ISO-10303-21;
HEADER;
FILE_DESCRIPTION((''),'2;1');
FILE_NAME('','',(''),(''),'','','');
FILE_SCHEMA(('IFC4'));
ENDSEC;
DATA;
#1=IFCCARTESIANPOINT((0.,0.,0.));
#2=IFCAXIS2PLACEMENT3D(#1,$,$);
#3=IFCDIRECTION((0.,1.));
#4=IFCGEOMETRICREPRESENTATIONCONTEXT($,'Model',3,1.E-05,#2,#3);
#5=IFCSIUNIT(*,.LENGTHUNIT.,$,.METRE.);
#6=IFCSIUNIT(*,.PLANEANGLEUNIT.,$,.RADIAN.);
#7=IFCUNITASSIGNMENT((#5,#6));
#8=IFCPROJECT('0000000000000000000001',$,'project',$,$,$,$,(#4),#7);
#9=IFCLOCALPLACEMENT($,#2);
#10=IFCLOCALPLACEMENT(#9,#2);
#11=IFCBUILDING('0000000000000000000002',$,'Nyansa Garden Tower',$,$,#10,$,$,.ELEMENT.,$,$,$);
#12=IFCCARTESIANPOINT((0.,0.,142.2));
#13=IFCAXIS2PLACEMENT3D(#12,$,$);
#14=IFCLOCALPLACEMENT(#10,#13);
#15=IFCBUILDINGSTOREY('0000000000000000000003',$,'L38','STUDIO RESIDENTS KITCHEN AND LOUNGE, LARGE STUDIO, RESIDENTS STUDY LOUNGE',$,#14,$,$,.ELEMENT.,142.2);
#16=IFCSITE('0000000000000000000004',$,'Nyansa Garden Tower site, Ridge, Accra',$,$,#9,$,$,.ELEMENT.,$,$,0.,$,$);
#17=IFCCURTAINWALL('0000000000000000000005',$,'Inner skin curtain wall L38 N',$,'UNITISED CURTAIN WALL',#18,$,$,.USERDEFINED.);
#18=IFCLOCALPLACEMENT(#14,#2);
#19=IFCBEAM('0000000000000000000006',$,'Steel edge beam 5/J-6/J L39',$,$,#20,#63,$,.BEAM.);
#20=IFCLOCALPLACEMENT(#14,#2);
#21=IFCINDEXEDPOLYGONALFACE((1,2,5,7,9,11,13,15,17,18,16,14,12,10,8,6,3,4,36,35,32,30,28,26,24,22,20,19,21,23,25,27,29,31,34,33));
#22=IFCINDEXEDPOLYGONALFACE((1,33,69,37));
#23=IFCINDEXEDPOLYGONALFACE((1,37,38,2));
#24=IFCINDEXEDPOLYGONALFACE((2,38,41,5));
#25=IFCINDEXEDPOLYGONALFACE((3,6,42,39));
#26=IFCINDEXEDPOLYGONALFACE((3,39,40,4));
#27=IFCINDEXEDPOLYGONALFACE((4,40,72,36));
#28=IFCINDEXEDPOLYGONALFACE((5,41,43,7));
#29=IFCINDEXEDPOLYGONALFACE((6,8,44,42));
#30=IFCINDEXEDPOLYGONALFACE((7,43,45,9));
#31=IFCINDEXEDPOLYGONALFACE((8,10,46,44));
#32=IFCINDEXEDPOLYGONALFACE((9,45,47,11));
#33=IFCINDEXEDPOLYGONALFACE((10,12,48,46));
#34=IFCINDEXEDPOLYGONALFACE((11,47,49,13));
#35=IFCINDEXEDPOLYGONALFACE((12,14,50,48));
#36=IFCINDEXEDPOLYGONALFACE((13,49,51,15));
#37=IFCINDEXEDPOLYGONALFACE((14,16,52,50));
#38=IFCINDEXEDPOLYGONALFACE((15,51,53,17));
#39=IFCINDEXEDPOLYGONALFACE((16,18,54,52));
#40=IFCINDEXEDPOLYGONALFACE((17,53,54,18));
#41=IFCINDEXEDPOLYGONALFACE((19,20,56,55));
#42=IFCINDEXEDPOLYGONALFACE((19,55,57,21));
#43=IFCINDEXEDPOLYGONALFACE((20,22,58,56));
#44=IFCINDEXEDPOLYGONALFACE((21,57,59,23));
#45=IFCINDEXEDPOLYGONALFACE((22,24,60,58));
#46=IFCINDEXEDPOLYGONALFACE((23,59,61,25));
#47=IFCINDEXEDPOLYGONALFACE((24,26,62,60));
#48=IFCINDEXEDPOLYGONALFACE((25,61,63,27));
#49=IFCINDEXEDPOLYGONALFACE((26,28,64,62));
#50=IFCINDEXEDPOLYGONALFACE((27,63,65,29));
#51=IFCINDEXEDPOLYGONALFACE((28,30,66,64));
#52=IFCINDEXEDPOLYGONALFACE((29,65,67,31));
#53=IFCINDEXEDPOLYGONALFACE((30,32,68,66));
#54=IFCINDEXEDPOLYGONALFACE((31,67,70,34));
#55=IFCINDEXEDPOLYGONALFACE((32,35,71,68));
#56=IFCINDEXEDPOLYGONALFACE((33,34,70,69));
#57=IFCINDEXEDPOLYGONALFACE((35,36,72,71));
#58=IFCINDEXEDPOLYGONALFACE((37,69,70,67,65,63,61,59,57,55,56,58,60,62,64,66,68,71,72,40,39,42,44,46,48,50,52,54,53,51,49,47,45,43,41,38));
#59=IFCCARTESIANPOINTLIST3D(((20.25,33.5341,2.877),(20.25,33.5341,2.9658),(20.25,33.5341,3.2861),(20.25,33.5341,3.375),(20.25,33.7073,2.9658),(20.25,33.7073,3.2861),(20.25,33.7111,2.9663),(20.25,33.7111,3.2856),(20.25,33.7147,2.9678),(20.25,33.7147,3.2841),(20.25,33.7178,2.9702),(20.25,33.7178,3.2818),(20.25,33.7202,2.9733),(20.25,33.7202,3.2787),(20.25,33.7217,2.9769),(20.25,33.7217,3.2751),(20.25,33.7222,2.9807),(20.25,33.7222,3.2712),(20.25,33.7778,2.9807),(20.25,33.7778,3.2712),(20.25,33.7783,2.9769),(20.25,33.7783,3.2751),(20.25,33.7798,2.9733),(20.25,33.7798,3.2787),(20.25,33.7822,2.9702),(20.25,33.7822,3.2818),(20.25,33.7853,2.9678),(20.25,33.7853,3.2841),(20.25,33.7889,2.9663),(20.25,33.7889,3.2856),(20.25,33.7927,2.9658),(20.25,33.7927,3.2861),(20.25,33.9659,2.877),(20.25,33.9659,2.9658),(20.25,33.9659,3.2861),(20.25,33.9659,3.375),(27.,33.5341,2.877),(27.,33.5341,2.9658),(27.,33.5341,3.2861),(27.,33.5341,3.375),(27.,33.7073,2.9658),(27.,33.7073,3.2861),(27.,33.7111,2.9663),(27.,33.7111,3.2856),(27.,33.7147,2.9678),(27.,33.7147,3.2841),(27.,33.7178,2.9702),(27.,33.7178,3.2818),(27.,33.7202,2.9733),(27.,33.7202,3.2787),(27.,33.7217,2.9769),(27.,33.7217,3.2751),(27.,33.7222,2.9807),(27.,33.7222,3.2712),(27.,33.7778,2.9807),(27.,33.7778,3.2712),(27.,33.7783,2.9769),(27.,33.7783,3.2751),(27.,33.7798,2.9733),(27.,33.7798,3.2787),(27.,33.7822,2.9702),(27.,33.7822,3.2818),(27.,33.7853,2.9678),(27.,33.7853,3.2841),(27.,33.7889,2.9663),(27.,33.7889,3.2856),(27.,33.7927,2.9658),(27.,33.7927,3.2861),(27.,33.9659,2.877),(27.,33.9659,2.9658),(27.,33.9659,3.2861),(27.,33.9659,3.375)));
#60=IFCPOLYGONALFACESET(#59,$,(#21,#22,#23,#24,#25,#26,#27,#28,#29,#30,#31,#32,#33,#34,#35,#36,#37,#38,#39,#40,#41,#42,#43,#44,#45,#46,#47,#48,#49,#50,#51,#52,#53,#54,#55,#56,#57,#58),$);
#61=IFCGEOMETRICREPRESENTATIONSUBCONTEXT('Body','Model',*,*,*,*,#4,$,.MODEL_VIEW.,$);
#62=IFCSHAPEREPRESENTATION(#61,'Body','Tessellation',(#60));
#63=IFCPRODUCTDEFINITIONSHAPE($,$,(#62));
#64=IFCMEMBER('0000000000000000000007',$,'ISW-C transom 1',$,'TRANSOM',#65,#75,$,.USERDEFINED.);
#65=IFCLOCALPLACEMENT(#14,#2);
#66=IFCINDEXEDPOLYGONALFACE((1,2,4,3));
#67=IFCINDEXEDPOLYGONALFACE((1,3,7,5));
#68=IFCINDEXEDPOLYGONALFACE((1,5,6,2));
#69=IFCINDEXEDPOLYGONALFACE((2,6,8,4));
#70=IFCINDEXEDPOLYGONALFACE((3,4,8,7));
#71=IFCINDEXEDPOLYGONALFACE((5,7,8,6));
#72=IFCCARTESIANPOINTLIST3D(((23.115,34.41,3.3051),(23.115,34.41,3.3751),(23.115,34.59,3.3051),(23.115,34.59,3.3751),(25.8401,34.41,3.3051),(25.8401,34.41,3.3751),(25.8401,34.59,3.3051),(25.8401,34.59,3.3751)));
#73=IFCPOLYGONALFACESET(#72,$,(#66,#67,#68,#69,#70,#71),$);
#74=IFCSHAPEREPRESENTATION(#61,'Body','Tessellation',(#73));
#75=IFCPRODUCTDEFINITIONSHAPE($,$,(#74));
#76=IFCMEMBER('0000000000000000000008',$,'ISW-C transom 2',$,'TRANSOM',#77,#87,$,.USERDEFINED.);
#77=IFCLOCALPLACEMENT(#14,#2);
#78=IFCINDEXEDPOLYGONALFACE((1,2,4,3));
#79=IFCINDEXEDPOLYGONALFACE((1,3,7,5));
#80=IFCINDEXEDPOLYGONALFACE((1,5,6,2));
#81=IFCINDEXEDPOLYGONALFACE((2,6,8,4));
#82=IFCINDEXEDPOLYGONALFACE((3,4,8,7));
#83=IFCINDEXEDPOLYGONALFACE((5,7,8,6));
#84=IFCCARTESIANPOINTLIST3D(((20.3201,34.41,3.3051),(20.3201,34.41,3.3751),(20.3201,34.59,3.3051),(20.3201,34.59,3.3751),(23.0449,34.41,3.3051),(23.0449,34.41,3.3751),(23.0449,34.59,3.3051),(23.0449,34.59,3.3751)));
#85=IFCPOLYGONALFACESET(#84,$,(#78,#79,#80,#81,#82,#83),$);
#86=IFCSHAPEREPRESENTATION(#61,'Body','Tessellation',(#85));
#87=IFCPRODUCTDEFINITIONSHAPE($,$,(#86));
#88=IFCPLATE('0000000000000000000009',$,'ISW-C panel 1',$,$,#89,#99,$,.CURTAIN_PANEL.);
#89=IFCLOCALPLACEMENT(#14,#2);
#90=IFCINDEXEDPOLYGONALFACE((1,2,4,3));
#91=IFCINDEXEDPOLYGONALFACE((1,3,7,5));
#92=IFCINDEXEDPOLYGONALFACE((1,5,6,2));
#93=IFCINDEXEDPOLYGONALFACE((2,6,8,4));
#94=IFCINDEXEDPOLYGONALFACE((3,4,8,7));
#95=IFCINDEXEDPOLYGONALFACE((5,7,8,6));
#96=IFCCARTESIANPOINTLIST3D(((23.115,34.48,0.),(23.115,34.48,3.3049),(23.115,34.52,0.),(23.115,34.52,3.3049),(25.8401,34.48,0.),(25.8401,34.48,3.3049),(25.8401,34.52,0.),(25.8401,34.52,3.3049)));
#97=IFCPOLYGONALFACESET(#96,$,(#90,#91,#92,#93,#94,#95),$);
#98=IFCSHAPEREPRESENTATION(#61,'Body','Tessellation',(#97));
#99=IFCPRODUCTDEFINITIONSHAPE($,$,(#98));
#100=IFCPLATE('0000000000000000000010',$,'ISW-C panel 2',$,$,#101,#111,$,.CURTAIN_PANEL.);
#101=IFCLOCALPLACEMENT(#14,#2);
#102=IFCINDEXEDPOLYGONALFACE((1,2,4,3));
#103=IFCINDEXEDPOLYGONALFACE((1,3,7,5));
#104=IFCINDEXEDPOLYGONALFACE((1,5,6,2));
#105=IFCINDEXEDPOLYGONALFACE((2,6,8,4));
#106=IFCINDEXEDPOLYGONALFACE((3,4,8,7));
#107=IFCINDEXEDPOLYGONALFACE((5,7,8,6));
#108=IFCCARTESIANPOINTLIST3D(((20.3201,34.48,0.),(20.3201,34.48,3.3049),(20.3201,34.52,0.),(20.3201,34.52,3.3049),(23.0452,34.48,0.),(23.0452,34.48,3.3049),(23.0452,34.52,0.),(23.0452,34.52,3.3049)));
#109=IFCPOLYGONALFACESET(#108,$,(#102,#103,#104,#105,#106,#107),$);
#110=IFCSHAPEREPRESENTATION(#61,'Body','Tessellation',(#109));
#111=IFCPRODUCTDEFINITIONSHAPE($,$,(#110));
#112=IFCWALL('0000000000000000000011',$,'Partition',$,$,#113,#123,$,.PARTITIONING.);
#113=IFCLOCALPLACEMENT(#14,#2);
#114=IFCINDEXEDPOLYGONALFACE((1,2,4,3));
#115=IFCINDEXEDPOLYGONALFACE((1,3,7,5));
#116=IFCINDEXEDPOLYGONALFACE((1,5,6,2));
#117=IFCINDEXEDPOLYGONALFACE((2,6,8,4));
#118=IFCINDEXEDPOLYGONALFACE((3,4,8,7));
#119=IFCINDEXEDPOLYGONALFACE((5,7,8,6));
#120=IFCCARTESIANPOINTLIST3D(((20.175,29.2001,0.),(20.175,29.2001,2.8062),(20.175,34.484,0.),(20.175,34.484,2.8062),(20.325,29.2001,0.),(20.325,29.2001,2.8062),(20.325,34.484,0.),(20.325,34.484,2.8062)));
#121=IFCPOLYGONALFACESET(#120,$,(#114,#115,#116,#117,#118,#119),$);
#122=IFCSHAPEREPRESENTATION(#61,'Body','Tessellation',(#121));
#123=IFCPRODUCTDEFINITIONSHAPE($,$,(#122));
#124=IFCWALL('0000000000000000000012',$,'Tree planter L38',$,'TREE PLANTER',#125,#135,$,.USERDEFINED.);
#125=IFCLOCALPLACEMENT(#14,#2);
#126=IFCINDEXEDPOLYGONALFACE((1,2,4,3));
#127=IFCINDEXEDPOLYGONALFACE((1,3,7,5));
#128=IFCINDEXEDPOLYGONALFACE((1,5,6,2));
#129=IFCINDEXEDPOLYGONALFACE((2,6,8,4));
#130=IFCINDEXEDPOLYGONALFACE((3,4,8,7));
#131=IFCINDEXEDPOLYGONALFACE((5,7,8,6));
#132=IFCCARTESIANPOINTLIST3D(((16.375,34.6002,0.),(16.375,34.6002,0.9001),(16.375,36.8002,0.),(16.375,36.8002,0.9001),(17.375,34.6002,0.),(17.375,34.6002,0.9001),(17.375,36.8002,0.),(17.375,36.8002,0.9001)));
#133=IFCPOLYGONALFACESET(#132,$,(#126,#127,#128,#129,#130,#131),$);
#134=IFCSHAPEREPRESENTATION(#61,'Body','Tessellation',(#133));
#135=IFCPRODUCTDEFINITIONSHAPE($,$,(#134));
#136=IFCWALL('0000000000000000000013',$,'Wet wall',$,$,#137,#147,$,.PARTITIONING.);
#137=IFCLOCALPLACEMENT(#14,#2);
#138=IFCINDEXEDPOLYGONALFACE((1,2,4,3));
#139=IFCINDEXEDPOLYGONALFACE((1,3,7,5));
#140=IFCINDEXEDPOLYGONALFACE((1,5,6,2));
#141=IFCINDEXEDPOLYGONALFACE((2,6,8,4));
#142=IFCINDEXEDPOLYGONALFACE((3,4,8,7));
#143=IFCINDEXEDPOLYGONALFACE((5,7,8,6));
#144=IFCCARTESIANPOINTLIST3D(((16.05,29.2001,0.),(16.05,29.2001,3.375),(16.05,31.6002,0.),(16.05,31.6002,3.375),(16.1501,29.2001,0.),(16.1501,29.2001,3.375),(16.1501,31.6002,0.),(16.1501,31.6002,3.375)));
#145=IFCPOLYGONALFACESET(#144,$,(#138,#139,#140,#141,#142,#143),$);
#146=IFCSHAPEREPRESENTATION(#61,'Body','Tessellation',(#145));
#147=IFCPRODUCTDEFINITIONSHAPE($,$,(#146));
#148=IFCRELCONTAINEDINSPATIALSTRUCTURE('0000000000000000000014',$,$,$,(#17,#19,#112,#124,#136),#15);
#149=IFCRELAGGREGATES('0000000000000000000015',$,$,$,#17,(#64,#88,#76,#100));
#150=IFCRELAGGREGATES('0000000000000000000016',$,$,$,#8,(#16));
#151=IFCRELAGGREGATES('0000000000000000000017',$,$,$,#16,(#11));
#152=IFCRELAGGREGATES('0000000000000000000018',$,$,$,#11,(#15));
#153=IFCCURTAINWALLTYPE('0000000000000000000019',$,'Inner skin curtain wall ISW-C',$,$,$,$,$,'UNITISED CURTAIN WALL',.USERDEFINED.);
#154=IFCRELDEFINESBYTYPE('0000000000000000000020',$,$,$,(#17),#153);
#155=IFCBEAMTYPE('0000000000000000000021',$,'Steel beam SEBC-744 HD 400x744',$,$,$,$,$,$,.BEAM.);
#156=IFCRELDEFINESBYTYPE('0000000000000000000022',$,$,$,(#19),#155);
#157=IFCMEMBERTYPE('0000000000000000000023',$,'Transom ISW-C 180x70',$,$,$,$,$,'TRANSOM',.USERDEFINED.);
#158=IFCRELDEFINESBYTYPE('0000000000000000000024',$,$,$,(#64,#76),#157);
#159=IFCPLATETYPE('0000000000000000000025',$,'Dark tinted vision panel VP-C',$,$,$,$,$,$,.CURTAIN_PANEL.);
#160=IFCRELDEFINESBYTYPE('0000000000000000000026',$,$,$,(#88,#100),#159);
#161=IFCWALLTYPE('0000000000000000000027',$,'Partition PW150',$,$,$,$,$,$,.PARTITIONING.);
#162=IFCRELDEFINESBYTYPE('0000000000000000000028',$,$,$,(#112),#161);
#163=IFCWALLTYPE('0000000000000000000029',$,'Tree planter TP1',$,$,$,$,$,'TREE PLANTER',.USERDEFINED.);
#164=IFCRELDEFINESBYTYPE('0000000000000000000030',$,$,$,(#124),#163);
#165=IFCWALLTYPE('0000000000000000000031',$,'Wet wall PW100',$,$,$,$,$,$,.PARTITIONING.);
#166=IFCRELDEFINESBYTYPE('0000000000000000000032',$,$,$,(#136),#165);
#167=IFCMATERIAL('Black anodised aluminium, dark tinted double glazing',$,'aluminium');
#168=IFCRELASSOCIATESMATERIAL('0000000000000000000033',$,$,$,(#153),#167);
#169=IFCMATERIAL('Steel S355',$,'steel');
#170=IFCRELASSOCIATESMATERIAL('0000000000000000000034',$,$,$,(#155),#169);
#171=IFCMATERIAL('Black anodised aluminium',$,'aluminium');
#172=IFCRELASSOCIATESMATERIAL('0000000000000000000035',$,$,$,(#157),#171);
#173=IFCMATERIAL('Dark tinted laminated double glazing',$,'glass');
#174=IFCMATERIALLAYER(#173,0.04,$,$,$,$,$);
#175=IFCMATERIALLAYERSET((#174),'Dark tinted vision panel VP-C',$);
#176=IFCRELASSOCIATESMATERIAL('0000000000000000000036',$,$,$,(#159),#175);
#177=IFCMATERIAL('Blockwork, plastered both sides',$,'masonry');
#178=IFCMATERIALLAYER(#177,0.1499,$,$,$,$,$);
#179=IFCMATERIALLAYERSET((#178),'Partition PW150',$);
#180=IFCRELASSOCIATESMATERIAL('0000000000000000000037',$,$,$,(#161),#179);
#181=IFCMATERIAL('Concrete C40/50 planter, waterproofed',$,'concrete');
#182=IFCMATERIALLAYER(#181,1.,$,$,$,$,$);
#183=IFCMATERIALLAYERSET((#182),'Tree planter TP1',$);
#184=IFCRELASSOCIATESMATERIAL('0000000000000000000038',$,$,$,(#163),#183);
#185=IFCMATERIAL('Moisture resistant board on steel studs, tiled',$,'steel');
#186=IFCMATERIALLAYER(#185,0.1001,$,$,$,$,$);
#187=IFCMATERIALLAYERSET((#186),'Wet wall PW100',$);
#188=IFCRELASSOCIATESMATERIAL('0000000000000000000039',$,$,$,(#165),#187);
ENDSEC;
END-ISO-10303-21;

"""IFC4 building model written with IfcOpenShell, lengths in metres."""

from ifc_helpers import new_model, si_unit, direction, frame, frame_2d, origin, origin_2d, place, context, subcontext, project, spatial, rectangle, i_section, extrude, material, layer, layer_set, material_profile, profile_set, type_object, element, aggregate, save


model = new_model("IFC4")

# Units and contexts
model_context = context("Model", 3, precision=1e-05, world=origin(), true_north=direction((0.0, 1.0)))
body_context = subcontext(model_context, "Body", "Model", "MODEL_VIEW")
ifc_project = project(units=[si_unit("LENGTHUNIT", "METRE"), si_unit("PLANEANGLEUNIT", "RADIAN")], contexts=[model_context])

# Site, building, storey
site_placement = place(None, origin())
site = spatial("IfcSite", under=ifc_project, at=site_placement, Name="Nyansa Garden Tower site, Ridge, Accra", CompositionType="ELEMENT", RefElevation=0.0)
building_placement = place(site_placement, origin())
building = spatial("IfcBuilding", under=site, at=building_placement, Name="Nyansa Garden Tower", CompositionType="ELEMENT")
storey_placement = place(building_placement, frame((0.0, 0.0, 142.2)))
storey = spatial("IfcBuildingStorey", under=building, at=storey_placement, Name="L38", Description="STUDIO RESIDENTS KITCHEN AND LOUNGE, LARGE STUDIO, RESIDENTS STUDY LOUNGE", CompositionType="ELEMENT", Elevation=142.2)

# Curtain wall
ifc_material_1 = material(Name="Black anodised aluminium, dark tinted double glazing", Category="aluminium")
curtain_wall_type = type_object("IfcCurtainWallType", Name="Inner skin curtain wall ISW-C", ElementType="UNITISED CURTAIN WALL", PredefinedType="USERDEFINED", material=ifc_material_1)
curtain_wall_placement = place(storey_placement, origin())
curtain_wall = element("IfcCurtainWall", 1, at=curtain_wall_placement, inside=storey, type_object=curtain_wall_type, Name="Inner skin curtain wall L38 N", ObjectType="UNITISED CURTAIN WALL", PredefinedType="USERDEFINED")

# Beam
ifc_material_2 = material(Name="Steel S355", Category="steel")
ifc_material_profile_1 = material_profile(ifc_material_2, i_section(OverallWidth=0.4319, OverallDepth=0.498, WebThickness=0.0557, FlangeThickness=0.0889, FilletRadius=0.0149, at=origin_2d()), Name="HD 400x744")
ifc_profile_set_1 = profile_set([ifc_material_profile_1], Name="Steel S355")
beam_type_1 = type_object("IfcBeamType", Name="Steel beam SEBC-744 HD 400x744", PredefinedType="BEAM", material=ifc_profile_set_1)
beam_1_placement = place(storey_placement, frame((20.25, 33.75, 3.126), z_axis=(1.0, 0.0, 0.0), x_axis=(0.0, 1.0, 0.0)))
element("IfcBeam", 2, at=beam_1_placement, inside=storey, type_object=beam_type_1, Name="Steel edge beam 5/J-6/J L39", PredefinedType="BEAM", context=body_context, shape_type="SweptSolid", body=[
    extrude(i_section(OverallWidth=0.4319, OverallDepth=0.498, WebThickness=0.0557, FlangeThickness=0.0889, FilletRadius=0.0149, at=origin_2d()), origin(), (0.0, 0.0, 1.0), 6.75),
])

# Members
ifc_material_3 = material(Name="Black anodised aluminium", Category="aluminium")
ifc_material_profile_2 = material_profile(ifc_material_3, rectangle(XDim=0.1799, YDim=0.0701, at=origin_2d()), Name="Transom 180x70")
ifc_profile_set_2 = profile_set([ifc_material_profile_2], Name="Black anodised aluminium")
member_type_1 = type_object("IfcMemberType", Name="Transom ISW-C 180x70", ElementType="TRANSOM", PredefinedType="USERDEFINED", material=ifc_profile_set_2)
member_1_placement = place(storey_placement, frame((25.8401, 34.5, 3.3401), z_axis=(-1.0, 0.0, 0.0), x_axis=(0.0, -1.0, 0.0)))
member_1 = element("IfcMember", 3, at=member_1_placement, type_object=member_type_1, Name="ISW-C transom 1", ObjectType="TRANSOM", PredefinedType="USERDEFINED", context=body_context, shape_type="SweptSolid", body=[
    extrude(rectangle(XDim=0.1799, YDim=0.0701, at=origin_2d()), origin(), (0.0, 0.0, 1.0), 2.7251),
])
member_2_placement = place(storey_placement, frame((23.0449, 34.5, 3.3401), z_axis=(-1.0, 0.0, 0.0), x_axis=(0.0, -1.0, 0.0)))
member_2 = element("IfcMember", 4, at=member_2_placement, type_object=member_type_1, Name="ISW-C transom 2", ObjectType="TRANSOM", PredefinedType="USERDEFINED", context=body_context, shape_type="SweptSolid", body=[
    extrude(rectangle(XDim=0.1799, YDim=0.0701, at=origin_2d()), origin(), (0.0, 0.0, 1.0), 2.7249),
])

# Plates
ifc_material_4 = material(Name="Dark tinted laminated double glazing", Category="glass")
ifc_layer_1 = layer(ifc_material_4, 0.04)
ifc_layer_set_1 = layer_set([ifc_layer_1], Name="Dark tinted vision panel VP-C")
plate_type = type_object("IfcPlateType", Name="Dark tinted vision panel VP-C", PredefinedType="CURTAIN_PANEL", material=ifc_layer_set_1)
plate_1_placement = place(storey_placement, frame((24.4775, 34.5, 0.0), z_axis=(0.0, 0.0, 1.0), x_axis=(-1.0, 0.0, 0.0)))
plate_1 = element("IfcPlate", 5, at=plate_1_placement, type_object=plate_type, Name="ISW-C panel 1", PredefinedType="CURTAIN_PANEL", context=body_context, shape_type="SweptSolid", body=[
    extrude(rectangle(XDim=2.7251, YDim=0.04, at=origin_2d()), origin(), (0.0, 0.0, 1.0), 3.3049),
])
plate_2_placement = place(storey_placement, frame((21.6826, 34.5, 0.0), z_axis=(0.0, 0.0, 1.0), x_axis=(-1.0, 0.0, 0.0)))
plate_2 = element("IfcPlate", 6, at=plate_2_placement, type_object=plate_type, Name="ISW-C panel 2", PredefinedType="CURTAIN_PANEL", context=body_context, shape_type="SweptSolid", body=[
    extrude(rectangle(XDim=2.7251, YDim=0.04, at=origin_2d()), origin(), (0.0, 0.0, 1.0), 3.3049),
])
aggregate(curtain_wall, [member_1, plate_1, member_2, plate_2])

# Walls
ifc_material_5 = material(Name="Blockwork, plastered both sides", Category="masonry")
ifc_layer_2 = layer(ifc_material_5, 0.1499)
ifc_layer_set_2 = layer_set([ifc_layer_2], Name="Partition PW150")
wall_type_1 = type_object("IfcWallType", Name="Partition PW150", PredefinedType="PARTITIONING", material=ifc_layer_set_2)
wall_1_placement = place(storey_placement, frame((20.25, 29.2, 0.0), z_axis=(0.0, 0.0, 1.0), x_axis=(0.0, 1.0, 0.0)))
element("IfcWall", 7, at=wall_1_placement, inside=storey, type_object=wall_type_1, Name="Partition", PredefinedType="PARTITIONING", context=body_context, shape_type="SweptSolid", body=[
    extrude(rectangle(XDim=5.2839, YDim=0.1499, at=frame_2d((2.6421, 0.0))), origin(), (0.0, 0.0, 1.0), 2.8062),
])
ifc_material_6 = material(Name="Concrete C40/50 planter, waterproofed", Category="concrete")
ifc_layer_3 = layer(ifc_material_6, 1.0)
ifc_layer_set_3 = layer_set([ifc_layer_3], Name="Tree planter TP1")
wall_type_2 = type_object("IfcWallType", Name="Tree planter TP1", ElementType="TREE PLANTER", PredefinedType="USERDEFINED", material=ifc_layer_set_3)
wall_2_placement = place(storey_placement, frame((16.875, 34.6001, 0.0), z_axis=(0.0, 0.0, 1.0), x_axis=(0.0, 1.0, 0.0)))
element("IfcWall", 8, at=wall_2_placement, inside=storey, type_object=wall_type_2, Name="Tree planter L38", ObjectType="TREE PLANTER", PredefinedType="USERDEFINED", context=body_context, shape_type="SweptSolid", body=[
    extrude(rectangle(XDim=2.2, YDim=1.0, at=frame_2d((1.1001, 0.0))), origin(), (0.0, 0.0, 1.0), 0.9001),
])
ifc_material_7 = material(Name="Moisture resistant board on steel studs, tiled", Category="steel")
ifc_layer_4 = layer(ifc_material_7, 0.1001)
ifc_layer_set_4 = layer_set([ifc_layer_4], Name="Wet wall PW100")
wall_type_3 = type_object("IfcWallType", Name="Wet wall PW100", PredefinedType="PARTITIONING", material=ifc_layer_set_4)
wall_3_placement = place(storey_placement, frame((16.1001, 29.2, 0.0), z_axis=(0.0, 0.0, 1.0), x_axis=(0.0, 1.0, 0.0)))
element("IfcWall", 9, at=wall_3_placement, inside=storey, type_object=wall_type_3, Name="Wet wall", PredefinedType="PARTITIONING", context=body_context, shape_type="SweptSolid", body=[
    extrude(rectangle(XDim=2.4001, YDim=0.1001, at=frame_2d((1.2002, 0.0))), origin(), (0.0, 0.0, 1.0), 3.375),
])

save(model, "model.ifc")
